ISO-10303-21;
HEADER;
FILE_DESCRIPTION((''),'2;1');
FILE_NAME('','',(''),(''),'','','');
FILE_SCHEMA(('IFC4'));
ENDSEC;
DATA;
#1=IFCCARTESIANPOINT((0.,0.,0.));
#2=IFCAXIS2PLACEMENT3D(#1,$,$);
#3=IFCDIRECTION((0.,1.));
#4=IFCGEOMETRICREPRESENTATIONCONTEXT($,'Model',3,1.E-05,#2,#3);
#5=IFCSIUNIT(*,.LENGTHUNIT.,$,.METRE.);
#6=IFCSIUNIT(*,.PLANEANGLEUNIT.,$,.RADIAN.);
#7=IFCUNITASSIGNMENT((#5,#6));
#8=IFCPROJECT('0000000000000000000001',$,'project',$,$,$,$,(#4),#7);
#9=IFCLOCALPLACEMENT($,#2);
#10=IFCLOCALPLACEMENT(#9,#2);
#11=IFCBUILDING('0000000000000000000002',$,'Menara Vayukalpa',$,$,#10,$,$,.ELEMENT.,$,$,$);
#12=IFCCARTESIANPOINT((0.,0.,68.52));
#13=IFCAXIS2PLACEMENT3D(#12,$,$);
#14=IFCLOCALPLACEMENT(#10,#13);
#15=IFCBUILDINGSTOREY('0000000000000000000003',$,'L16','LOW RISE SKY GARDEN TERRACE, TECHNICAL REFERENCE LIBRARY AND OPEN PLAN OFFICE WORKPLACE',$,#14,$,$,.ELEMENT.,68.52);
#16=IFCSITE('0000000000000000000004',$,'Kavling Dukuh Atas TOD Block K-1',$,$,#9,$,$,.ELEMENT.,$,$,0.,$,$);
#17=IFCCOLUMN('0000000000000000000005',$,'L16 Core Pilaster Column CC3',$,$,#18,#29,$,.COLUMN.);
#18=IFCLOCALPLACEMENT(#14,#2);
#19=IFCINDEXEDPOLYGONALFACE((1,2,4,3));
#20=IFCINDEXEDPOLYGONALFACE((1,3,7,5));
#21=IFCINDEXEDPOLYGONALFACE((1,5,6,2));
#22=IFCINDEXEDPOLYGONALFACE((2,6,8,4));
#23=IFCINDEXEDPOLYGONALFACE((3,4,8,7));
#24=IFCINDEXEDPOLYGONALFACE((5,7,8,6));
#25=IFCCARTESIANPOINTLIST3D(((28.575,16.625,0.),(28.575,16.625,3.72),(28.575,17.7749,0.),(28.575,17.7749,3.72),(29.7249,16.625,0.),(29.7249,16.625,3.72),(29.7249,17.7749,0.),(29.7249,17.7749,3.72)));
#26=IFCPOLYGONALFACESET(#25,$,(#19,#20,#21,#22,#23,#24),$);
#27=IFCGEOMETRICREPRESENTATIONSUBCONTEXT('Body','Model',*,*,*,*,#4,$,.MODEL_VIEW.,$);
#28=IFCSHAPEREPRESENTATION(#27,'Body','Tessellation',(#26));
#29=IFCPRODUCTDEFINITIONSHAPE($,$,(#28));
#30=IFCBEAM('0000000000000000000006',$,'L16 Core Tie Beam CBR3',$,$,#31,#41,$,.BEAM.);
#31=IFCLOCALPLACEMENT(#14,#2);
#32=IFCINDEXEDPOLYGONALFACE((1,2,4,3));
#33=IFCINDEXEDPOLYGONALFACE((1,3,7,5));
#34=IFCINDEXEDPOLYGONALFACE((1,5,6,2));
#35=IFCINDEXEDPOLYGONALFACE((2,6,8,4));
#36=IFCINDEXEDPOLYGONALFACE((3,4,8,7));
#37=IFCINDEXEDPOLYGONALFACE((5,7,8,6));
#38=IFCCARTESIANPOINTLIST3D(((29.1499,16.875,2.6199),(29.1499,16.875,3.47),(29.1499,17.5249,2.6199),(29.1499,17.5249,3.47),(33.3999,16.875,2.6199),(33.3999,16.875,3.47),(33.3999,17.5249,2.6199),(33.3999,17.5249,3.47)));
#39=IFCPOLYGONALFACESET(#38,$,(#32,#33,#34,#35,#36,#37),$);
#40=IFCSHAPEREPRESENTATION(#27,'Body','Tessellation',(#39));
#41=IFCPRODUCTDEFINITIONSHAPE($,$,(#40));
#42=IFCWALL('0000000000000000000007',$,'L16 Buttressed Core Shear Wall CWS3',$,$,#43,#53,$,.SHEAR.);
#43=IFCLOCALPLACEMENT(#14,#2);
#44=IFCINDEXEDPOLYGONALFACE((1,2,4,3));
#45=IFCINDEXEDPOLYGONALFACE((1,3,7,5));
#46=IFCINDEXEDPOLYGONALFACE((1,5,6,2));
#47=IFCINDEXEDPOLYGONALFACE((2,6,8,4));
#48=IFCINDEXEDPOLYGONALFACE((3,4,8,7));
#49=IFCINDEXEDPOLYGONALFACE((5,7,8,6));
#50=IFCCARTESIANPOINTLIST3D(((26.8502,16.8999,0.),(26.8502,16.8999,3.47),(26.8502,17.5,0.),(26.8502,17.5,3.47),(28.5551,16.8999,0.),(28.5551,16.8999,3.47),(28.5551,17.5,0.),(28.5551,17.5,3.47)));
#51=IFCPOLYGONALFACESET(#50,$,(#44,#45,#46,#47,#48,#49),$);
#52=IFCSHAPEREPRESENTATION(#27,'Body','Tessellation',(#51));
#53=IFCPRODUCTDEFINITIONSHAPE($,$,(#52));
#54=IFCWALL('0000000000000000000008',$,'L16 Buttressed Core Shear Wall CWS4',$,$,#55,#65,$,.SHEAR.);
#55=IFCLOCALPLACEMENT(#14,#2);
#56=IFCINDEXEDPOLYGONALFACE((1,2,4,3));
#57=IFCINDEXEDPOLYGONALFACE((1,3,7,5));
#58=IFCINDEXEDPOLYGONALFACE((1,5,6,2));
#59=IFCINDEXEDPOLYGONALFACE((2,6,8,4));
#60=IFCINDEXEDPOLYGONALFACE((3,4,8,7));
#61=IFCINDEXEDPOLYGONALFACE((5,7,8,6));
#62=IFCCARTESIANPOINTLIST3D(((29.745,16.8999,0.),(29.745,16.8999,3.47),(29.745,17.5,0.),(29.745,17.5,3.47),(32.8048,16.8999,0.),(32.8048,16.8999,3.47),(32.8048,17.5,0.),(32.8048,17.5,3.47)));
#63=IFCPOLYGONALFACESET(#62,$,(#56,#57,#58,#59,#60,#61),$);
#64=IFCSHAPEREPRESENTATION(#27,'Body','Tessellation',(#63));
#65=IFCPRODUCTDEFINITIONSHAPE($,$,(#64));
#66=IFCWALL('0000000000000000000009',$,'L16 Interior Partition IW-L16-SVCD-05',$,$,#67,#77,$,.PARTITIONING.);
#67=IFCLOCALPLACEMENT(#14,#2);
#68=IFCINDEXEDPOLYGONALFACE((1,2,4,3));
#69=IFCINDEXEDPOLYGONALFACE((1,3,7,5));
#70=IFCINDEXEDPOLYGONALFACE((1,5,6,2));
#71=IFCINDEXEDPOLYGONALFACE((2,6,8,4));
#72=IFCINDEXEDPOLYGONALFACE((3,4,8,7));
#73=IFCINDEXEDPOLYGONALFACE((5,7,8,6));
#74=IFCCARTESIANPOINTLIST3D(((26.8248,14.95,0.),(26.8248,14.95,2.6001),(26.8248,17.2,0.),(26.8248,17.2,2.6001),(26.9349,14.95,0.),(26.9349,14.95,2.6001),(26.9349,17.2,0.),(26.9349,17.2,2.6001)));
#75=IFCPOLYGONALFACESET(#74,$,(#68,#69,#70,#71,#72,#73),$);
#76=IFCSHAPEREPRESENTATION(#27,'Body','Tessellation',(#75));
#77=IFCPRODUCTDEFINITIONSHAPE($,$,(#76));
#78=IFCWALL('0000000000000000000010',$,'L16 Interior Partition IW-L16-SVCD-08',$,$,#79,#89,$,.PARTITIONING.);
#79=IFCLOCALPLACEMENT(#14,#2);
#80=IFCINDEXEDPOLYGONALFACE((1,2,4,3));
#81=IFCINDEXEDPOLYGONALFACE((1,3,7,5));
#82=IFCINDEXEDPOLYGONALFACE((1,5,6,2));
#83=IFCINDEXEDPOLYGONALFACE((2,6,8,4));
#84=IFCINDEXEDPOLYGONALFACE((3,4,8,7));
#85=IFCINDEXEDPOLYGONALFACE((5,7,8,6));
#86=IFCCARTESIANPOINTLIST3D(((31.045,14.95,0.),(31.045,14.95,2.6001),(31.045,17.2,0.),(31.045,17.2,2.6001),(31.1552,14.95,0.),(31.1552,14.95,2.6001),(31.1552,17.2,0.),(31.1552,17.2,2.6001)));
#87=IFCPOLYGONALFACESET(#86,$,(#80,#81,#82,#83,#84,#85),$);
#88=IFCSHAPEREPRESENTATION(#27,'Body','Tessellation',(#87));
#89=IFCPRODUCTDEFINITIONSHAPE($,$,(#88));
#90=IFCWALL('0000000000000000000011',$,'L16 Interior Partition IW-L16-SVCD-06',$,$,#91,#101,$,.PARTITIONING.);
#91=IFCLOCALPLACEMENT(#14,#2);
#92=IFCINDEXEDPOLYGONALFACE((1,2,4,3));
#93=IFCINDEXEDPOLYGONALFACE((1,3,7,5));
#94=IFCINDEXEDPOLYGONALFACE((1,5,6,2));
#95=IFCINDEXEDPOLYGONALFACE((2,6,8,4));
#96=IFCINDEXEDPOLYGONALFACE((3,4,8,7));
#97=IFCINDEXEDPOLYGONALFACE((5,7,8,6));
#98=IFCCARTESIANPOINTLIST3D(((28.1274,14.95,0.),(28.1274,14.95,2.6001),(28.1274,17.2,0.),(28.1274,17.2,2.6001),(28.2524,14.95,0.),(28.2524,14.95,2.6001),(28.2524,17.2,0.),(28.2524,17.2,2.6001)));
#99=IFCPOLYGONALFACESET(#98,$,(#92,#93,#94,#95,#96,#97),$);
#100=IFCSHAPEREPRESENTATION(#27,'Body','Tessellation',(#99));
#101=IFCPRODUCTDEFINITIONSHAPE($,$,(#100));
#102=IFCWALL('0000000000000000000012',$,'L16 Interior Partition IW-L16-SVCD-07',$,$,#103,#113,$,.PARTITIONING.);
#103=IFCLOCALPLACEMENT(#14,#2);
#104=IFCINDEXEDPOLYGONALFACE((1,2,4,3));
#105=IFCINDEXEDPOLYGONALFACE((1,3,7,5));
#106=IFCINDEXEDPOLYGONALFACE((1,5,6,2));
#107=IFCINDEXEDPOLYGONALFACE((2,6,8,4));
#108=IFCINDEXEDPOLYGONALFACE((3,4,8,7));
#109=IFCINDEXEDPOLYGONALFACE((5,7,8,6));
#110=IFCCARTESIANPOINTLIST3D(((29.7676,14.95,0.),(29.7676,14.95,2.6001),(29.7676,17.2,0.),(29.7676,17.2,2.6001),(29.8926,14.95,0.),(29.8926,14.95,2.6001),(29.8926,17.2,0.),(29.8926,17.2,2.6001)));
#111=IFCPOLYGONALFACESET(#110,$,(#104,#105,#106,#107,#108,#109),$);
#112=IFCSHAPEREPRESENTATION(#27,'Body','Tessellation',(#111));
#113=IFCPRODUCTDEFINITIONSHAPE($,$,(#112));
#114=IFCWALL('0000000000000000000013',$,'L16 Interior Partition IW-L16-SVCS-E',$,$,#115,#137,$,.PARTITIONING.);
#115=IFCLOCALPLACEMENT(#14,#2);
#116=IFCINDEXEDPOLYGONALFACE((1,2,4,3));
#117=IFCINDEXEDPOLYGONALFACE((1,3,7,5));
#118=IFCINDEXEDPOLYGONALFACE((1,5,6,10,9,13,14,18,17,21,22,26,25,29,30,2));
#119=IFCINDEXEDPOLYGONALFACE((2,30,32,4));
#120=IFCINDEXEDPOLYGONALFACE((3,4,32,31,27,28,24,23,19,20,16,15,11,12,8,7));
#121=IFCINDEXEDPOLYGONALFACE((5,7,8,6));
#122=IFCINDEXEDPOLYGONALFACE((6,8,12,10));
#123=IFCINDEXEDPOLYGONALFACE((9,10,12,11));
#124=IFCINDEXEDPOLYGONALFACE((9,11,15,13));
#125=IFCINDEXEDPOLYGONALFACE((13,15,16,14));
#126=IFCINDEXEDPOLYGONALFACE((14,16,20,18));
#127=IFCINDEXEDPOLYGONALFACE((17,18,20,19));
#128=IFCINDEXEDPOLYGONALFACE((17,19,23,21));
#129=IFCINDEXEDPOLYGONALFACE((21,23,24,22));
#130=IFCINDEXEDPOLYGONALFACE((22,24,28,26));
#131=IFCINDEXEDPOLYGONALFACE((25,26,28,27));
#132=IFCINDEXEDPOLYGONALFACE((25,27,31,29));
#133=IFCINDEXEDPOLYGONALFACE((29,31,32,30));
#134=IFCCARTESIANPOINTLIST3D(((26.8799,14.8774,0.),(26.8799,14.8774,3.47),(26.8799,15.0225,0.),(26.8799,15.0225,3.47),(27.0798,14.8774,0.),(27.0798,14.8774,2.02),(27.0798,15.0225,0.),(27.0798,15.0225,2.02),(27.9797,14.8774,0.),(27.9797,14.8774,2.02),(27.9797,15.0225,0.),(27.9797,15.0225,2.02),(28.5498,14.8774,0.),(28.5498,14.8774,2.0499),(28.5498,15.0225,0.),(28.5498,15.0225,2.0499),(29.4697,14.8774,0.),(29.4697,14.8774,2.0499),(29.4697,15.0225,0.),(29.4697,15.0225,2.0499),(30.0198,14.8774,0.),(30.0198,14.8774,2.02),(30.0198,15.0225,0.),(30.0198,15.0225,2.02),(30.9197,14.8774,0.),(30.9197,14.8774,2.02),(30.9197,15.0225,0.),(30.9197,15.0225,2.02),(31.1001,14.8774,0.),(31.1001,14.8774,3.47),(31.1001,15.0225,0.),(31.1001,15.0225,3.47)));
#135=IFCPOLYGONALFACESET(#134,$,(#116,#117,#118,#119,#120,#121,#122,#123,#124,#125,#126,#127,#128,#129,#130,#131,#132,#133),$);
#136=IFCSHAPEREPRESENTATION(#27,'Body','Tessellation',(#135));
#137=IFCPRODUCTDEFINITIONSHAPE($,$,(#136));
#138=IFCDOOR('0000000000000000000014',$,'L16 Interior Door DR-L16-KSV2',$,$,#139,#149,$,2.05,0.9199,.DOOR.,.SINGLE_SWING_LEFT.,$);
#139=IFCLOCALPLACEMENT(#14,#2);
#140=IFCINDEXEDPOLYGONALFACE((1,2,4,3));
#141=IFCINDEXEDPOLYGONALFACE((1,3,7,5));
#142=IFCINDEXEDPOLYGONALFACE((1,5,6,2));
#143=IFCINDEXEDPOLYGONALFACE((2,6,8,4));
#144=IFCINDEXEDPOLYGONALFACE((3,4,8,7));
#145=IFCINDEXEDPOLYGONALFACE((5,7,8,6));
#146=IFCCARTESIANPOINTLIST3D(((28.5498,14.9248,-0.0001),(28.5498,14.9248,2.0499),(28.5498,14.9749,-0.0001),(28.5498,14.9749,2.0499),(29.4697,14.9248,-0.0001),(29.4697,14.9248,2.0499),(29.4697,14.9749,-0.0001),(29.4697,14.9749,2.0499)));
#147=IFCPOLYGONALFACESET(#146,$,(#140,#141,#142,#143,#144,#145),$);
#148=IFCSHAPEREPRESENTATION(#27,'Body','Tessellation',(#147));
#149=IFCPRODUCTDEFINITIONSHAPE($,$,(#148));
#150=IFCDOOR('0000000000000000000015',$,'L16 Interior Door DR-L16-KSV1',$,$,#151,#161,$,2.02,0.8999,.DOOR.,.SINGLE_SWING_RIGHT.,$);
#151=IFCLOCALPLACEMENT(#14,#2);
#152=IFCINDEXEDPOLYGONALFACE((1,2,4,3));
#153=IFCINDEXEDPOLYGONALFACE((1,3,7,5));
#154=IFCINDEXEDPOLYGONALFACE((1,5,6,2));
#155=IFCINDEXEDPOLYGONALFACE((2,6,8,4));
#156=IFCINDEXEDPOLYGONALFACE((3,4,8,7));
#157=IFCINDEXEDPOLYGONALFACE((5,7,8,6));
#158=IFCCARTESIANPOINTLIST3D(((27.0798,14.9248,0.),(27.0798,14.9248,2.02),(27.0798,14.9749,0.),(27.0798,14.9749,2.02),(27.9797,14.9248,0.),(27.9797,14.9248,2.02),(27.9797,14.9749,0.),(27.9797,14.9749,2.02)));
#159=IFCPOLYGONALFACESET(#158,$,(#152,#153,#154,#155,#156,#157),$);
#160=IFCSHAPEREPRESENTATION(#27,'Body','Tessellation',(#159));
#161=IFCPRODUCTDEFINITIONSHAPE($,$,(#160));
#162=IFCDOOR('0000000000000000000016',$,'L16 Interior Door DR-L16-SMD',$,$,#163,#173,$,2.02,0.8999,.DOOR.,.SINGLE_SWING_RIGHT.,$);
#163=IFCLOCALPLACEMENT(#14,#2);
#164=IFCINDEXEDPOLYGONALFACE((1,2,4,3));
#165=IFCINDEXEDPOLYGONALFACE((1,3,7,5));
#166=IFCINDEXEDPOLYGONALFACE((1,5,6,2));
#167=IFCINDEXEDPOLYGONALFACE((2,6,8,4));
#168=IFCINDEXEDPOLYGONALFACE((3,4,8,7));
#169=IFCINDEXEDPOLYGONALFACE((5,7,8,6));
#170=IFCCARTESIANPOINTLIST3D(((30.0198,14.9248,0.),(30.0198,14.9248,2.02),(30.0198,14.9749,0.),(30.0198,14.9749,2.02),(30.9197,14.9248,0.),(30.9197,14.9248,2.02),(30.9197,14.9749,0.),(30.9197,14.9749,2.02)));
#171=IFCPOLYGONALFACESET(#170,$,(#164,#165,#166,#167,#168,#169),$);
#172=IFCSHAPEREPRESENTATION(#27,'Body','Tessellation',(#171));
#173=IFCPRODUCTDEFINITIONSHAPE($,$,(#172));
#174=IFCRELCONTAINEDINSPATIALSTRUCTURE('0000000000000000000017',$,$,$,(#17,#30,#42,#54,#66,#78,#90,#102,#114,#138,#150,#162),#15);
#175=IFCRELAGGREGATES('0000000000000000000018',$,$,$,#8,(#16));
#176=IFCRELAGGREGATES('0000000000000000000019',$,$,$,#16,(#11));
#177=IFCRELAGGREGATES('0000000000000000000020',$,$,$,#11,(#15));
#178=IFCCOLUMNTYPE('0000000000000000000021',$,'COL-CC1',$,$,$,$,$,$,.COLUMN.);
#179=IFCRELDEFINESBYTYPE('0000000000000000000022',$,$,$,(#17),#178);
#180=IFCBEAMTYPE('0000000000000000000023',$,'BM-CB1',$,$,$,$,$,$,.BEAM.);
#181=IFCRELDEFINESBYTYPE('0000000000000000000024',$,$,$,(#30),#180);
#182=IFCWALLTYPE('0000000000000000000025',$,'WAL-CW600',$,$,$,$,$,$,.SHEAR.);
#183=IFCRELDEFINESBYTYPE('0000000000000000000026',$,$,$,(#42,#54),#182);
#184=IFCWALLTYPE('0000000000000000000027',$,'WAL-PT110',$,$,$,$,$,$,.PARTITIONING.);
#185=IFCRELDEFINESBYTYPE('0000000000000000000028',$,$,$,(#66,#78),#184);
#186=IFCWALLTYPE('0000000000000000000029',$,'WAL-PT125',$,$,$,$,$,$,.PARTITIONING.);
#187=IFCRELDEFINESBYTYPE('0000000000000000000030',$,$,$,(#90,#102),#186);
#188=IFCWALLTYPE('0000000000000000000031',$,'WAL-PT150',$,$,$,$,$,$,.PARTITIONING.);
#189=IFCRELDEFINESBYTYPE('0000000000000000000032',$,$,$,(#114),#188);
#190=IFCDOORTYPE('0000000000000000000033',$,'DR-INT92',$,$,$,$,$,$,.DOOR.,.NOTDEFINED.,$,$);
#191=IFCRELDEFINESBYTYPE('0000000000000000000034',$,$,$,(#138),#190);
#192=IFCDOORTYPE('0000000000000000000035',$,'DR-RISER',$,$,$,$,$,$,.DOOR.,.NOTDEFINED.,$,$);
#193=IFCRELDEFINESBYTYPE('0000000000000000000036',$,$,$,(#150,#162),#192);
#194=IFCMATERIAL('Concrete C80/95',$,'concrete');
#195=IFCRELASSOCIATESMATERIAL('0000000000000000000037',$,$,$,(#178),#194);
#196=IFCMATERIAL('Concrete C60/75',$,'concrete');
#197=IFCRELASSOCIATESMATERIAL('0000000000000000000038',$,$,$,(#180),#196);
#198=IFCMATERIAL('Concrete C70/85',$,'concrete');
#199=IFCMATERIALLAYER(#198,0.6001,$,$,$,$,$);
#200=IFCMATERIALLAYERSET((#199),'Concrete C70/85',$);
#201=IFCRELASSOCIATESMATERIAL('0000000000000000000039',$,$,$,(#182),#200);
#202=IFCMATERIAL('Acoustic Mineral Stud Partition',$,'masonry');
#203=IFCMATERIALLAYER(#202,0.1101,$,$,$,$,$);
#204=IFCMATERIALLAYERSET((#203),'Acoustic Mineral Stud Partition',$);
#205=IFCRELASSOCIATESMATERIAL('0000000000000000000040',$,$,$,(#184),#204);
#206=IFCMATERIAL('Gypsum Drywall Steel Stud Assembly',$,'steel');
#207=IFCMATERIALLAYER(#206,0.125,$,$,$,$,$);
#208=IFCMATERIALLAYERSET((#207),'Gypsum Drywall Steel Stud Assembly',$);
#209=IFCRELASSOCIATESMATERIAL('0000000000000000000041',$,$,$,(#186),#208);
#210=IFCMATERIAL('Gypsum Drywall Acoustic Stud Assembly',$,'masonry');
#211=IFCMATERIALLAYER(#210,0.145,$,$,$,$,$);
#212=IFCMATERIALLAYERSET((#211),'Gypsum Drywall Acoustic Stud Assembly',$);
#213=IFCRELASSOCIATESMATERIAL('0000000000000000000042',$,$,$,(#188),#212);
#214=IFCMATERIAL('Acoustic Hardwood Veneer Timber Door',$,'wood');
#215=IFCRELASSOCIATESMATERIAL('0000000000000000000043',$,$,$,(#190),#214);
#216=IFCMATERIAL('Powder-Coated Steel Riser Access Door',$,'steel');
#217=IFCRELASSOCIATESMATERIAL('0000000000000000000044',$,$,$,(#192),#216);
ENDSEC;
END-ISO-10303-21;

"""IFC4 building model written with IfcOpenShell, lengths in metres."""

from ifc_helpers import new_model, si_unit, direction, frame, frame_2d, origin, origin_2d, place, context, subcontext, project, spatial, rectangle, extrude, material, layer, layer_set, material_profile, profile_set, type_object, element, fill, save


model = new_model("IFC4")

# Units and contexts
model_context = context("Model", 3, precision=1e-05, world=origin(), true_north=direction((0.0, 1.0)))
body_context = subcontext(model_context, "Body", "Model", "MODEL_VIEW")
ifc_project = project(units=[si_unit("LENGTHUNIT", "METRE"), si_unit("PLANEANGLEUNIT", "RADIAN")], contexts=[model_context])

# Site, building, storey
site_placement = place(None, origin())
site = spatial("IfcSite", under=ifc_project, at=site_placement, Name="Kavling Dukuh Atas TOD Block K-1", CompositionType="ELEMENT", RefElevation=0.0)
building_placement = place(site_placement, origin())
building = spatial("IfcBuilding", under=site, at=building_placement, Name="Menara Vayukalpa", CompositionType="ELEMENT")
storey_placement = place(building_placement, frame((0.0, 0.0, 68.52)))
storey = spatial("IfcBuildingStorey", under=building, at=storey_placement, Name="L16", Description="LOW RISE SKY GARDEN TERRACE, TECHNICAL REFERENCE LIBRARY AND OPEN PLAN OFFICE WORKPLACE", CompositionType="ELEMENT", Elevation=68.52)

# Column
ifc_material_1 = material(Name="Concrete C80/95", Category="concrete")
ifc_material_profile_1 = material_profile(ifc_material_1, rectangle(XDim=1.1499, YDim=1.1499, at=origin_2d()), Name="RC 1150x1150")
ifc_profile_set_1 = profile_set([ifc_material_profile_1], Name="Concrete C80/95")
column_type = type_object("IfcColumnType", Name="COL-CC1", PredefinedType="COLUMN", material=ifc_profile_set_1)
column_placement = place(storey_placement, frame((29.1499, 17.2, 0.0), z_axis=(0.0, 0.0, 1.0), x_axis=(1.0, 0.0, 0.0)))
element("IfcColumn", 1, at=column_placement, inside=storey, type_object=column_type, Name="L16 Core Pilaster Column CC3", PredefinedType="COLUMN", context=body_context, shape_type="SweptSolid", body=[
    extrude(rectangle(XDim=1.1499, YDim=1.1499, at=origin_2d()), origin(), (0.0, 0.0, 1.0), 3.72),
])

# Beam
ifc_material_2 = material(Name="Concrete C60/75", Category="concrete")
ifc_material_profile_2 = material_profile(ifc_material_2, rectangle(XDim=0.6499, YDim=0.8501, at=origin_2d()), Name="RC 650x850")
ifc_profile_set_2 = profile_set([ifc_material_profile_2], Name="Concrete C60/75")
beam_type = type_object("IfcBeamType", Name="BM-CB1", PredefinedType="BEAM", material=ifc_profile_set_2)
beam_placement = place(storey_placement, frame((29.1499, 17.2, 3.0449), z_axis=(1.0, 0.0, 0.0), x_axis=(0.0, 1.0, 0.0)))
element("IfcBeam", 2, at=beam_placement, inside=storey, type_object=beam_type, Name="L16 Core Tie Beam CBR3", PredefinedType="BEAM", context=body_context, shape_type="SweptSolid", body=[
    extrude(rectangle(XDim=0.6499, YDim=0.8501, at=origin_2d()), origin(), (0.0, 0.0, 1.0), 4.25),
])

# Walls
ifc_material_3 = material(Name="Concrete C70/85", Category="concrete")
ifc_layer_1 = layer(ifc_material_3, 0.6001)
ifc_layer_set_1 = layer_set([ifc_layer_1], Name="Concrete C70/85")
wall_type_1 = type_object("IfcWallType", Name="WAL-CW600", PredefinedType="SHEAR", material=ifc_layer_set_1)
wall_1_placement = place(storey_placement, frame((26.8501, 17.2, 0.0), z_axis=(0.0, 0.0, 1.0), x_axis=(1.0, 0.0, 0.0)))
element("IfcWall", 3, at=wall_1_placement, inside=storey, type_object=wall_type_1, Name="L16 Buttressed Core Shear Wall CWS3", PredefinedType="SHEAR", context=body_context, shape_type="SweptSolid", body=[
    extrude(rectangle(XDim=1.7048, YDim=0.6001, at=frame_2d((0.8525, 0.0))), origin(), (0.0, 0.0, 1.0), 3.47),
])
wall_2_placement = place(storey_placement, frame((29.7451, 17.2, 0.0), z_axis=(0.0, 0.0, 1.0), x_axis=(1.0, 0.0, 0.0)))
element("IfcWall", 4, at=wall_2_placement, inside=storey, type_object=wall_type_1, Name="L16 Buttressed Core Shear Wall CWS4", PredefinedType="SHEAR", context=body_context, shape_type="SweptSolid", body=[
    extrude(rectangle(XDim=3.0598, YDim=0.6001, at=frame_2d((1.5298, 0.0))), origin(), (0.0, 0.0, 1.0), 3.47),
])
ifc_material_4 = material(Name="Acoustic Mineral Stud Partition", Category="masonry")
ifc_layer_2 = layer(ifc_material_4, 0.1101)
ifc_layer_set_2 = layer_set([ifc_layer_2], Name="Acoustic Mineral Stud Partition")
wall_type_2 = type_object("IfcWallType", Name="WAL-PT110", PredefinedType="PARTITIONING", material=ifc_layer_set_2)
for number, where, z_axis, x_axis, name in (
    (5, (26.8799, 14.95, 0.0), (0.0, 0.0, 1.0), (0.0, 1.0, 0.0), "L16 Interior Partition IW-L16-SVCD-05"),
    (6, (31.1001, 14.95, 0.0), (0.0, 0.0, 1.0), (0.0, 1.0, 0.0), "L16 Interior Partition IW-L16-SVCD-08"),
):
    element("IfcWall", number, at=place(storey_placement, frame(where, z_axis=z_axis, x_axis=x_axis)), inside=storey, type_object=wall_type_2, Name=name, PredefinedType="PARTITIONING", context=body_context, shape_type="SweptSolid", body=[
        extrude(rectangle(XDim=2.25, YDim=0.1101, at=frame_2d((1.125, 0.0))), origin(), (0.0, 0.0, 1.0), 2.6001),
    ])
ifc_material_5 = material(Name="Gypsum Drywall Steel Stud Assembly", Category="steel")
ifc_layer_3 = layer(ifc_material_5, 0.125)
ifc_layer_set_3 = layer_set([ifc_layer_3], Name="Gypsum Drywall Steel Stud Assembly")
wall_type_3 = type_object("IfcWallType", Name="WAL-PT125", PredefinedType="PARTITIONING", material=ifc_layer_set_3)
for number, where, z_axis, x_axis, name in (
    (7, (28.1899, 14.95, 0.0), (0.0, 0.0, 1.0), (0.0, 1.0, 0.0), "L16 Interior Partition IW-L16-SVCD-06"),
    (8, (29.8301, 14.95, 0.0), (0.0, 0.0, 1.0), (0.0, 1.0, 0.0), "L16 Interior Partition IW-L16-SVCD-07"),
):
    element("IfcWall", number, at=place(storey_placement, frame(where, z_axis=z_axis, x_axis=x_axis)), inside=storey, type_object=wall_type_3, Name=name, PredefinedType="PARTITIONING", context=body_context, shape_type="SweptSolid", body=[
        extrude(rectangle(XDim=2.25, YDim=0.125, at=frame_2d((1.125, 0.0))), origin(), (0.0, 0.0, 1.0), 2.6001),
    ])

# Wall, openings, doors
ifc_material_6 = material(Name="Gypsum Drywall Acoustic Stud Assembly", Category="masonry")
ifc_layer_4 = layer(ifc_material_6, 0.145)
ifc_layer_set_4 = layer_set([ifc_layer_4], Name="Gypsum Drywall Acoustic Stud Assembly")
wall_type_4 = type_object("IfcWallType", Name="WAL-PT150", PredefinedType="PARTITIONING", material=ifc_layer_set_4)
wall_3_placement = place(storey_placement, frame((26.8799, 14.95, 0.0), z_axis=(0.0, 0.0, 1.0), x_axis=(1.0, 0.0, 0.0)))
wall_3 = element("IfcWall", 9, at=wall_3_placement, inside=storey, type_object=wall_type_4, Name="L16 Interior Partition IW-L16-SVCS-E", PredefinedType="PARTITIONING", context=body_context, shape_type="SweptSolid", body=[
    extrude(rectangle(XDim=4.2202, YDim=0.145, at=frame_2d((2.1101, 0.0))), origin(), (0.0, 0.0, 1.0), 3.47),
])
opening_1_placement = place(wall_3_placement, frame((0.2, 0.0, 0.0)))
opening_1 = element("IfcOpeningElement", 10, at=opening_1_placement, cuts=wall_3, PredefinedType="OPENING", context=body_context, shape_type="SweptSolid", body=[
    extrude(rectangle(XDim=0.8999, YDim=2.02, at=frame_2d((0.45, 1.01))), frame((0.0, 0.0825, 0.0), z_axis=(0.0, -1.0, 0.0), x_axis=(1.0, 0.0, 0.0)), (0.0, 0.0, 1.0), 0.165),
])
opening_2_placement = place(wall_3_placement, frame((1.6699, 0.0, 0.0)))
opening_2 = element("IfcOpeningElement", 11, at=opening_2_placement, cuts=wall_3, PredefinedType="OPENING", context=body_context, shape_type="SweptSolid", body=[
    extrude(rectangle(XDim=0.9199, YDim=2.05, at=frame_2d((0.46, 1.0249))), frame((0.0, 0.0825, 0.0), z_axis=(0.0, -1.0, 0.0), x_axis=(1.0, 0.0, 0.0)), (0.0, 0.0, 1.0), 0.165),
])
opening_3_placement = place(wall_3_placement, frame((3.1399, 0.0, 0.0)))
opening_3 = element("IfcOpeningElement", 12, at=opening_3_placement, cuts=wall_3, PredefinedType="OPENING", context=body_context, shape_type="SweptSolid", body=[
    extrude(rectangle(XDim=0.8999, YDim=2.02, at=frame_2d((0.45, 1.01))), frame((0.0, 0.0825, 0.0), z_axis=(0.0, -1.0, 0.0), x_axis=(1.0, 0.0, 0.0)), (0.0, 0.0, 1.0), 0.165),
])
ifc_material_7 = material(Name="Acoustic Hardwood Veneer Timber Door", Category="wood")
door_type_1 = type_object("IfcDoorType", Name="DR-INT92", OperationType="NOTDEFINED", PredefinedType="DOOR", material=ifc_material_7)
door_1_placement = place(opening_2_placement, origin())
door_1 = element("IfcDoor", 13, at=door_1_placement, inside=storey, type_object=door_type_1, Name="L16 Interior Door DR-L16-KSV2", OperationType="SINGLE_SWING_LEFT", OverallHeight=2.05, OverallWidth=0.9199, PredefinedType="DOOR", context=body_context, shape_type="SweptSolid", body=[
    extrude(rectangle(XDim=0.9199, YDim=2.05, at=frame_2d((0.46, 1.0249))), frame((0.0, 0.0249, 0.0), z_axis=(0.0, -1.0, 0.0), x_axis=(1.0, 0.0, 0.0)), (0.0, 0.0, 1.0), 0.05),
])
fill(opening_2, door_1)
ifc_material_8 = material(Name="Powder-Coated Steel Riser Access Door", Category="steel")
door_type_2 = type_object("IfcDoorType", Name="DR-RISER", OperationType="NOTDEFINED", PredefinedType="DOOR", material=ifc_material_8)
door_2_placement = place(opening_1_placement, origin())
door_2 = element("IfcDoor", 14, at=door_2_placement, inside=storey, type_object=door_type_2, Name="L16 Interior Door DR-L16-KSV1", OperationType="SINGLE_SWING_RIGHT", OverallHeight=2.02, OverallWidth=0.8999, PredefinedType="DOOR", context=body_context, shape_type="SweptSolid", body=[
    extrude(rectangle(XDim=0.8999, YDim=2.02, at=frame_2d((0.45, 1.01))), frame((0.0, 0.0249, 0.0), z_axis=(0.0, -1.0, 0.0), x_axis=(1.0, 0.0, 0.0)), (0.0, 0.0, 1.0), 0.05),
])
fill(opening_1, door_2)
door_3_placement = place(opening_3_placement, origin())
door_3 = element("IfcDoor", 15, at=door_3_placement, inside=storey, type_object=door_type_2, Name="L16 Interior Door DR-L16-SMD", OperationType="SINGLE_SWING_RIGHT", OverallHeight=2.02, OverallWidth=0.8999, PredefinedType="DOOR", context=body_context, shape_type="SweptSolid", body=[
    extrude(rectangle(XDim=0.8999, YDim=2.02, at=frame_2d((0.45, 1.01))), frame((0.0, 0.0249, 0.0), z_axis=(0.0, -1.0, 0.0), x_axis=(1.0, 0.0, 0.0)), (0.0, 0.0, 1.0), 0.05),
])
fill(opening_3, door_3)

save(model, "model.ifc")
